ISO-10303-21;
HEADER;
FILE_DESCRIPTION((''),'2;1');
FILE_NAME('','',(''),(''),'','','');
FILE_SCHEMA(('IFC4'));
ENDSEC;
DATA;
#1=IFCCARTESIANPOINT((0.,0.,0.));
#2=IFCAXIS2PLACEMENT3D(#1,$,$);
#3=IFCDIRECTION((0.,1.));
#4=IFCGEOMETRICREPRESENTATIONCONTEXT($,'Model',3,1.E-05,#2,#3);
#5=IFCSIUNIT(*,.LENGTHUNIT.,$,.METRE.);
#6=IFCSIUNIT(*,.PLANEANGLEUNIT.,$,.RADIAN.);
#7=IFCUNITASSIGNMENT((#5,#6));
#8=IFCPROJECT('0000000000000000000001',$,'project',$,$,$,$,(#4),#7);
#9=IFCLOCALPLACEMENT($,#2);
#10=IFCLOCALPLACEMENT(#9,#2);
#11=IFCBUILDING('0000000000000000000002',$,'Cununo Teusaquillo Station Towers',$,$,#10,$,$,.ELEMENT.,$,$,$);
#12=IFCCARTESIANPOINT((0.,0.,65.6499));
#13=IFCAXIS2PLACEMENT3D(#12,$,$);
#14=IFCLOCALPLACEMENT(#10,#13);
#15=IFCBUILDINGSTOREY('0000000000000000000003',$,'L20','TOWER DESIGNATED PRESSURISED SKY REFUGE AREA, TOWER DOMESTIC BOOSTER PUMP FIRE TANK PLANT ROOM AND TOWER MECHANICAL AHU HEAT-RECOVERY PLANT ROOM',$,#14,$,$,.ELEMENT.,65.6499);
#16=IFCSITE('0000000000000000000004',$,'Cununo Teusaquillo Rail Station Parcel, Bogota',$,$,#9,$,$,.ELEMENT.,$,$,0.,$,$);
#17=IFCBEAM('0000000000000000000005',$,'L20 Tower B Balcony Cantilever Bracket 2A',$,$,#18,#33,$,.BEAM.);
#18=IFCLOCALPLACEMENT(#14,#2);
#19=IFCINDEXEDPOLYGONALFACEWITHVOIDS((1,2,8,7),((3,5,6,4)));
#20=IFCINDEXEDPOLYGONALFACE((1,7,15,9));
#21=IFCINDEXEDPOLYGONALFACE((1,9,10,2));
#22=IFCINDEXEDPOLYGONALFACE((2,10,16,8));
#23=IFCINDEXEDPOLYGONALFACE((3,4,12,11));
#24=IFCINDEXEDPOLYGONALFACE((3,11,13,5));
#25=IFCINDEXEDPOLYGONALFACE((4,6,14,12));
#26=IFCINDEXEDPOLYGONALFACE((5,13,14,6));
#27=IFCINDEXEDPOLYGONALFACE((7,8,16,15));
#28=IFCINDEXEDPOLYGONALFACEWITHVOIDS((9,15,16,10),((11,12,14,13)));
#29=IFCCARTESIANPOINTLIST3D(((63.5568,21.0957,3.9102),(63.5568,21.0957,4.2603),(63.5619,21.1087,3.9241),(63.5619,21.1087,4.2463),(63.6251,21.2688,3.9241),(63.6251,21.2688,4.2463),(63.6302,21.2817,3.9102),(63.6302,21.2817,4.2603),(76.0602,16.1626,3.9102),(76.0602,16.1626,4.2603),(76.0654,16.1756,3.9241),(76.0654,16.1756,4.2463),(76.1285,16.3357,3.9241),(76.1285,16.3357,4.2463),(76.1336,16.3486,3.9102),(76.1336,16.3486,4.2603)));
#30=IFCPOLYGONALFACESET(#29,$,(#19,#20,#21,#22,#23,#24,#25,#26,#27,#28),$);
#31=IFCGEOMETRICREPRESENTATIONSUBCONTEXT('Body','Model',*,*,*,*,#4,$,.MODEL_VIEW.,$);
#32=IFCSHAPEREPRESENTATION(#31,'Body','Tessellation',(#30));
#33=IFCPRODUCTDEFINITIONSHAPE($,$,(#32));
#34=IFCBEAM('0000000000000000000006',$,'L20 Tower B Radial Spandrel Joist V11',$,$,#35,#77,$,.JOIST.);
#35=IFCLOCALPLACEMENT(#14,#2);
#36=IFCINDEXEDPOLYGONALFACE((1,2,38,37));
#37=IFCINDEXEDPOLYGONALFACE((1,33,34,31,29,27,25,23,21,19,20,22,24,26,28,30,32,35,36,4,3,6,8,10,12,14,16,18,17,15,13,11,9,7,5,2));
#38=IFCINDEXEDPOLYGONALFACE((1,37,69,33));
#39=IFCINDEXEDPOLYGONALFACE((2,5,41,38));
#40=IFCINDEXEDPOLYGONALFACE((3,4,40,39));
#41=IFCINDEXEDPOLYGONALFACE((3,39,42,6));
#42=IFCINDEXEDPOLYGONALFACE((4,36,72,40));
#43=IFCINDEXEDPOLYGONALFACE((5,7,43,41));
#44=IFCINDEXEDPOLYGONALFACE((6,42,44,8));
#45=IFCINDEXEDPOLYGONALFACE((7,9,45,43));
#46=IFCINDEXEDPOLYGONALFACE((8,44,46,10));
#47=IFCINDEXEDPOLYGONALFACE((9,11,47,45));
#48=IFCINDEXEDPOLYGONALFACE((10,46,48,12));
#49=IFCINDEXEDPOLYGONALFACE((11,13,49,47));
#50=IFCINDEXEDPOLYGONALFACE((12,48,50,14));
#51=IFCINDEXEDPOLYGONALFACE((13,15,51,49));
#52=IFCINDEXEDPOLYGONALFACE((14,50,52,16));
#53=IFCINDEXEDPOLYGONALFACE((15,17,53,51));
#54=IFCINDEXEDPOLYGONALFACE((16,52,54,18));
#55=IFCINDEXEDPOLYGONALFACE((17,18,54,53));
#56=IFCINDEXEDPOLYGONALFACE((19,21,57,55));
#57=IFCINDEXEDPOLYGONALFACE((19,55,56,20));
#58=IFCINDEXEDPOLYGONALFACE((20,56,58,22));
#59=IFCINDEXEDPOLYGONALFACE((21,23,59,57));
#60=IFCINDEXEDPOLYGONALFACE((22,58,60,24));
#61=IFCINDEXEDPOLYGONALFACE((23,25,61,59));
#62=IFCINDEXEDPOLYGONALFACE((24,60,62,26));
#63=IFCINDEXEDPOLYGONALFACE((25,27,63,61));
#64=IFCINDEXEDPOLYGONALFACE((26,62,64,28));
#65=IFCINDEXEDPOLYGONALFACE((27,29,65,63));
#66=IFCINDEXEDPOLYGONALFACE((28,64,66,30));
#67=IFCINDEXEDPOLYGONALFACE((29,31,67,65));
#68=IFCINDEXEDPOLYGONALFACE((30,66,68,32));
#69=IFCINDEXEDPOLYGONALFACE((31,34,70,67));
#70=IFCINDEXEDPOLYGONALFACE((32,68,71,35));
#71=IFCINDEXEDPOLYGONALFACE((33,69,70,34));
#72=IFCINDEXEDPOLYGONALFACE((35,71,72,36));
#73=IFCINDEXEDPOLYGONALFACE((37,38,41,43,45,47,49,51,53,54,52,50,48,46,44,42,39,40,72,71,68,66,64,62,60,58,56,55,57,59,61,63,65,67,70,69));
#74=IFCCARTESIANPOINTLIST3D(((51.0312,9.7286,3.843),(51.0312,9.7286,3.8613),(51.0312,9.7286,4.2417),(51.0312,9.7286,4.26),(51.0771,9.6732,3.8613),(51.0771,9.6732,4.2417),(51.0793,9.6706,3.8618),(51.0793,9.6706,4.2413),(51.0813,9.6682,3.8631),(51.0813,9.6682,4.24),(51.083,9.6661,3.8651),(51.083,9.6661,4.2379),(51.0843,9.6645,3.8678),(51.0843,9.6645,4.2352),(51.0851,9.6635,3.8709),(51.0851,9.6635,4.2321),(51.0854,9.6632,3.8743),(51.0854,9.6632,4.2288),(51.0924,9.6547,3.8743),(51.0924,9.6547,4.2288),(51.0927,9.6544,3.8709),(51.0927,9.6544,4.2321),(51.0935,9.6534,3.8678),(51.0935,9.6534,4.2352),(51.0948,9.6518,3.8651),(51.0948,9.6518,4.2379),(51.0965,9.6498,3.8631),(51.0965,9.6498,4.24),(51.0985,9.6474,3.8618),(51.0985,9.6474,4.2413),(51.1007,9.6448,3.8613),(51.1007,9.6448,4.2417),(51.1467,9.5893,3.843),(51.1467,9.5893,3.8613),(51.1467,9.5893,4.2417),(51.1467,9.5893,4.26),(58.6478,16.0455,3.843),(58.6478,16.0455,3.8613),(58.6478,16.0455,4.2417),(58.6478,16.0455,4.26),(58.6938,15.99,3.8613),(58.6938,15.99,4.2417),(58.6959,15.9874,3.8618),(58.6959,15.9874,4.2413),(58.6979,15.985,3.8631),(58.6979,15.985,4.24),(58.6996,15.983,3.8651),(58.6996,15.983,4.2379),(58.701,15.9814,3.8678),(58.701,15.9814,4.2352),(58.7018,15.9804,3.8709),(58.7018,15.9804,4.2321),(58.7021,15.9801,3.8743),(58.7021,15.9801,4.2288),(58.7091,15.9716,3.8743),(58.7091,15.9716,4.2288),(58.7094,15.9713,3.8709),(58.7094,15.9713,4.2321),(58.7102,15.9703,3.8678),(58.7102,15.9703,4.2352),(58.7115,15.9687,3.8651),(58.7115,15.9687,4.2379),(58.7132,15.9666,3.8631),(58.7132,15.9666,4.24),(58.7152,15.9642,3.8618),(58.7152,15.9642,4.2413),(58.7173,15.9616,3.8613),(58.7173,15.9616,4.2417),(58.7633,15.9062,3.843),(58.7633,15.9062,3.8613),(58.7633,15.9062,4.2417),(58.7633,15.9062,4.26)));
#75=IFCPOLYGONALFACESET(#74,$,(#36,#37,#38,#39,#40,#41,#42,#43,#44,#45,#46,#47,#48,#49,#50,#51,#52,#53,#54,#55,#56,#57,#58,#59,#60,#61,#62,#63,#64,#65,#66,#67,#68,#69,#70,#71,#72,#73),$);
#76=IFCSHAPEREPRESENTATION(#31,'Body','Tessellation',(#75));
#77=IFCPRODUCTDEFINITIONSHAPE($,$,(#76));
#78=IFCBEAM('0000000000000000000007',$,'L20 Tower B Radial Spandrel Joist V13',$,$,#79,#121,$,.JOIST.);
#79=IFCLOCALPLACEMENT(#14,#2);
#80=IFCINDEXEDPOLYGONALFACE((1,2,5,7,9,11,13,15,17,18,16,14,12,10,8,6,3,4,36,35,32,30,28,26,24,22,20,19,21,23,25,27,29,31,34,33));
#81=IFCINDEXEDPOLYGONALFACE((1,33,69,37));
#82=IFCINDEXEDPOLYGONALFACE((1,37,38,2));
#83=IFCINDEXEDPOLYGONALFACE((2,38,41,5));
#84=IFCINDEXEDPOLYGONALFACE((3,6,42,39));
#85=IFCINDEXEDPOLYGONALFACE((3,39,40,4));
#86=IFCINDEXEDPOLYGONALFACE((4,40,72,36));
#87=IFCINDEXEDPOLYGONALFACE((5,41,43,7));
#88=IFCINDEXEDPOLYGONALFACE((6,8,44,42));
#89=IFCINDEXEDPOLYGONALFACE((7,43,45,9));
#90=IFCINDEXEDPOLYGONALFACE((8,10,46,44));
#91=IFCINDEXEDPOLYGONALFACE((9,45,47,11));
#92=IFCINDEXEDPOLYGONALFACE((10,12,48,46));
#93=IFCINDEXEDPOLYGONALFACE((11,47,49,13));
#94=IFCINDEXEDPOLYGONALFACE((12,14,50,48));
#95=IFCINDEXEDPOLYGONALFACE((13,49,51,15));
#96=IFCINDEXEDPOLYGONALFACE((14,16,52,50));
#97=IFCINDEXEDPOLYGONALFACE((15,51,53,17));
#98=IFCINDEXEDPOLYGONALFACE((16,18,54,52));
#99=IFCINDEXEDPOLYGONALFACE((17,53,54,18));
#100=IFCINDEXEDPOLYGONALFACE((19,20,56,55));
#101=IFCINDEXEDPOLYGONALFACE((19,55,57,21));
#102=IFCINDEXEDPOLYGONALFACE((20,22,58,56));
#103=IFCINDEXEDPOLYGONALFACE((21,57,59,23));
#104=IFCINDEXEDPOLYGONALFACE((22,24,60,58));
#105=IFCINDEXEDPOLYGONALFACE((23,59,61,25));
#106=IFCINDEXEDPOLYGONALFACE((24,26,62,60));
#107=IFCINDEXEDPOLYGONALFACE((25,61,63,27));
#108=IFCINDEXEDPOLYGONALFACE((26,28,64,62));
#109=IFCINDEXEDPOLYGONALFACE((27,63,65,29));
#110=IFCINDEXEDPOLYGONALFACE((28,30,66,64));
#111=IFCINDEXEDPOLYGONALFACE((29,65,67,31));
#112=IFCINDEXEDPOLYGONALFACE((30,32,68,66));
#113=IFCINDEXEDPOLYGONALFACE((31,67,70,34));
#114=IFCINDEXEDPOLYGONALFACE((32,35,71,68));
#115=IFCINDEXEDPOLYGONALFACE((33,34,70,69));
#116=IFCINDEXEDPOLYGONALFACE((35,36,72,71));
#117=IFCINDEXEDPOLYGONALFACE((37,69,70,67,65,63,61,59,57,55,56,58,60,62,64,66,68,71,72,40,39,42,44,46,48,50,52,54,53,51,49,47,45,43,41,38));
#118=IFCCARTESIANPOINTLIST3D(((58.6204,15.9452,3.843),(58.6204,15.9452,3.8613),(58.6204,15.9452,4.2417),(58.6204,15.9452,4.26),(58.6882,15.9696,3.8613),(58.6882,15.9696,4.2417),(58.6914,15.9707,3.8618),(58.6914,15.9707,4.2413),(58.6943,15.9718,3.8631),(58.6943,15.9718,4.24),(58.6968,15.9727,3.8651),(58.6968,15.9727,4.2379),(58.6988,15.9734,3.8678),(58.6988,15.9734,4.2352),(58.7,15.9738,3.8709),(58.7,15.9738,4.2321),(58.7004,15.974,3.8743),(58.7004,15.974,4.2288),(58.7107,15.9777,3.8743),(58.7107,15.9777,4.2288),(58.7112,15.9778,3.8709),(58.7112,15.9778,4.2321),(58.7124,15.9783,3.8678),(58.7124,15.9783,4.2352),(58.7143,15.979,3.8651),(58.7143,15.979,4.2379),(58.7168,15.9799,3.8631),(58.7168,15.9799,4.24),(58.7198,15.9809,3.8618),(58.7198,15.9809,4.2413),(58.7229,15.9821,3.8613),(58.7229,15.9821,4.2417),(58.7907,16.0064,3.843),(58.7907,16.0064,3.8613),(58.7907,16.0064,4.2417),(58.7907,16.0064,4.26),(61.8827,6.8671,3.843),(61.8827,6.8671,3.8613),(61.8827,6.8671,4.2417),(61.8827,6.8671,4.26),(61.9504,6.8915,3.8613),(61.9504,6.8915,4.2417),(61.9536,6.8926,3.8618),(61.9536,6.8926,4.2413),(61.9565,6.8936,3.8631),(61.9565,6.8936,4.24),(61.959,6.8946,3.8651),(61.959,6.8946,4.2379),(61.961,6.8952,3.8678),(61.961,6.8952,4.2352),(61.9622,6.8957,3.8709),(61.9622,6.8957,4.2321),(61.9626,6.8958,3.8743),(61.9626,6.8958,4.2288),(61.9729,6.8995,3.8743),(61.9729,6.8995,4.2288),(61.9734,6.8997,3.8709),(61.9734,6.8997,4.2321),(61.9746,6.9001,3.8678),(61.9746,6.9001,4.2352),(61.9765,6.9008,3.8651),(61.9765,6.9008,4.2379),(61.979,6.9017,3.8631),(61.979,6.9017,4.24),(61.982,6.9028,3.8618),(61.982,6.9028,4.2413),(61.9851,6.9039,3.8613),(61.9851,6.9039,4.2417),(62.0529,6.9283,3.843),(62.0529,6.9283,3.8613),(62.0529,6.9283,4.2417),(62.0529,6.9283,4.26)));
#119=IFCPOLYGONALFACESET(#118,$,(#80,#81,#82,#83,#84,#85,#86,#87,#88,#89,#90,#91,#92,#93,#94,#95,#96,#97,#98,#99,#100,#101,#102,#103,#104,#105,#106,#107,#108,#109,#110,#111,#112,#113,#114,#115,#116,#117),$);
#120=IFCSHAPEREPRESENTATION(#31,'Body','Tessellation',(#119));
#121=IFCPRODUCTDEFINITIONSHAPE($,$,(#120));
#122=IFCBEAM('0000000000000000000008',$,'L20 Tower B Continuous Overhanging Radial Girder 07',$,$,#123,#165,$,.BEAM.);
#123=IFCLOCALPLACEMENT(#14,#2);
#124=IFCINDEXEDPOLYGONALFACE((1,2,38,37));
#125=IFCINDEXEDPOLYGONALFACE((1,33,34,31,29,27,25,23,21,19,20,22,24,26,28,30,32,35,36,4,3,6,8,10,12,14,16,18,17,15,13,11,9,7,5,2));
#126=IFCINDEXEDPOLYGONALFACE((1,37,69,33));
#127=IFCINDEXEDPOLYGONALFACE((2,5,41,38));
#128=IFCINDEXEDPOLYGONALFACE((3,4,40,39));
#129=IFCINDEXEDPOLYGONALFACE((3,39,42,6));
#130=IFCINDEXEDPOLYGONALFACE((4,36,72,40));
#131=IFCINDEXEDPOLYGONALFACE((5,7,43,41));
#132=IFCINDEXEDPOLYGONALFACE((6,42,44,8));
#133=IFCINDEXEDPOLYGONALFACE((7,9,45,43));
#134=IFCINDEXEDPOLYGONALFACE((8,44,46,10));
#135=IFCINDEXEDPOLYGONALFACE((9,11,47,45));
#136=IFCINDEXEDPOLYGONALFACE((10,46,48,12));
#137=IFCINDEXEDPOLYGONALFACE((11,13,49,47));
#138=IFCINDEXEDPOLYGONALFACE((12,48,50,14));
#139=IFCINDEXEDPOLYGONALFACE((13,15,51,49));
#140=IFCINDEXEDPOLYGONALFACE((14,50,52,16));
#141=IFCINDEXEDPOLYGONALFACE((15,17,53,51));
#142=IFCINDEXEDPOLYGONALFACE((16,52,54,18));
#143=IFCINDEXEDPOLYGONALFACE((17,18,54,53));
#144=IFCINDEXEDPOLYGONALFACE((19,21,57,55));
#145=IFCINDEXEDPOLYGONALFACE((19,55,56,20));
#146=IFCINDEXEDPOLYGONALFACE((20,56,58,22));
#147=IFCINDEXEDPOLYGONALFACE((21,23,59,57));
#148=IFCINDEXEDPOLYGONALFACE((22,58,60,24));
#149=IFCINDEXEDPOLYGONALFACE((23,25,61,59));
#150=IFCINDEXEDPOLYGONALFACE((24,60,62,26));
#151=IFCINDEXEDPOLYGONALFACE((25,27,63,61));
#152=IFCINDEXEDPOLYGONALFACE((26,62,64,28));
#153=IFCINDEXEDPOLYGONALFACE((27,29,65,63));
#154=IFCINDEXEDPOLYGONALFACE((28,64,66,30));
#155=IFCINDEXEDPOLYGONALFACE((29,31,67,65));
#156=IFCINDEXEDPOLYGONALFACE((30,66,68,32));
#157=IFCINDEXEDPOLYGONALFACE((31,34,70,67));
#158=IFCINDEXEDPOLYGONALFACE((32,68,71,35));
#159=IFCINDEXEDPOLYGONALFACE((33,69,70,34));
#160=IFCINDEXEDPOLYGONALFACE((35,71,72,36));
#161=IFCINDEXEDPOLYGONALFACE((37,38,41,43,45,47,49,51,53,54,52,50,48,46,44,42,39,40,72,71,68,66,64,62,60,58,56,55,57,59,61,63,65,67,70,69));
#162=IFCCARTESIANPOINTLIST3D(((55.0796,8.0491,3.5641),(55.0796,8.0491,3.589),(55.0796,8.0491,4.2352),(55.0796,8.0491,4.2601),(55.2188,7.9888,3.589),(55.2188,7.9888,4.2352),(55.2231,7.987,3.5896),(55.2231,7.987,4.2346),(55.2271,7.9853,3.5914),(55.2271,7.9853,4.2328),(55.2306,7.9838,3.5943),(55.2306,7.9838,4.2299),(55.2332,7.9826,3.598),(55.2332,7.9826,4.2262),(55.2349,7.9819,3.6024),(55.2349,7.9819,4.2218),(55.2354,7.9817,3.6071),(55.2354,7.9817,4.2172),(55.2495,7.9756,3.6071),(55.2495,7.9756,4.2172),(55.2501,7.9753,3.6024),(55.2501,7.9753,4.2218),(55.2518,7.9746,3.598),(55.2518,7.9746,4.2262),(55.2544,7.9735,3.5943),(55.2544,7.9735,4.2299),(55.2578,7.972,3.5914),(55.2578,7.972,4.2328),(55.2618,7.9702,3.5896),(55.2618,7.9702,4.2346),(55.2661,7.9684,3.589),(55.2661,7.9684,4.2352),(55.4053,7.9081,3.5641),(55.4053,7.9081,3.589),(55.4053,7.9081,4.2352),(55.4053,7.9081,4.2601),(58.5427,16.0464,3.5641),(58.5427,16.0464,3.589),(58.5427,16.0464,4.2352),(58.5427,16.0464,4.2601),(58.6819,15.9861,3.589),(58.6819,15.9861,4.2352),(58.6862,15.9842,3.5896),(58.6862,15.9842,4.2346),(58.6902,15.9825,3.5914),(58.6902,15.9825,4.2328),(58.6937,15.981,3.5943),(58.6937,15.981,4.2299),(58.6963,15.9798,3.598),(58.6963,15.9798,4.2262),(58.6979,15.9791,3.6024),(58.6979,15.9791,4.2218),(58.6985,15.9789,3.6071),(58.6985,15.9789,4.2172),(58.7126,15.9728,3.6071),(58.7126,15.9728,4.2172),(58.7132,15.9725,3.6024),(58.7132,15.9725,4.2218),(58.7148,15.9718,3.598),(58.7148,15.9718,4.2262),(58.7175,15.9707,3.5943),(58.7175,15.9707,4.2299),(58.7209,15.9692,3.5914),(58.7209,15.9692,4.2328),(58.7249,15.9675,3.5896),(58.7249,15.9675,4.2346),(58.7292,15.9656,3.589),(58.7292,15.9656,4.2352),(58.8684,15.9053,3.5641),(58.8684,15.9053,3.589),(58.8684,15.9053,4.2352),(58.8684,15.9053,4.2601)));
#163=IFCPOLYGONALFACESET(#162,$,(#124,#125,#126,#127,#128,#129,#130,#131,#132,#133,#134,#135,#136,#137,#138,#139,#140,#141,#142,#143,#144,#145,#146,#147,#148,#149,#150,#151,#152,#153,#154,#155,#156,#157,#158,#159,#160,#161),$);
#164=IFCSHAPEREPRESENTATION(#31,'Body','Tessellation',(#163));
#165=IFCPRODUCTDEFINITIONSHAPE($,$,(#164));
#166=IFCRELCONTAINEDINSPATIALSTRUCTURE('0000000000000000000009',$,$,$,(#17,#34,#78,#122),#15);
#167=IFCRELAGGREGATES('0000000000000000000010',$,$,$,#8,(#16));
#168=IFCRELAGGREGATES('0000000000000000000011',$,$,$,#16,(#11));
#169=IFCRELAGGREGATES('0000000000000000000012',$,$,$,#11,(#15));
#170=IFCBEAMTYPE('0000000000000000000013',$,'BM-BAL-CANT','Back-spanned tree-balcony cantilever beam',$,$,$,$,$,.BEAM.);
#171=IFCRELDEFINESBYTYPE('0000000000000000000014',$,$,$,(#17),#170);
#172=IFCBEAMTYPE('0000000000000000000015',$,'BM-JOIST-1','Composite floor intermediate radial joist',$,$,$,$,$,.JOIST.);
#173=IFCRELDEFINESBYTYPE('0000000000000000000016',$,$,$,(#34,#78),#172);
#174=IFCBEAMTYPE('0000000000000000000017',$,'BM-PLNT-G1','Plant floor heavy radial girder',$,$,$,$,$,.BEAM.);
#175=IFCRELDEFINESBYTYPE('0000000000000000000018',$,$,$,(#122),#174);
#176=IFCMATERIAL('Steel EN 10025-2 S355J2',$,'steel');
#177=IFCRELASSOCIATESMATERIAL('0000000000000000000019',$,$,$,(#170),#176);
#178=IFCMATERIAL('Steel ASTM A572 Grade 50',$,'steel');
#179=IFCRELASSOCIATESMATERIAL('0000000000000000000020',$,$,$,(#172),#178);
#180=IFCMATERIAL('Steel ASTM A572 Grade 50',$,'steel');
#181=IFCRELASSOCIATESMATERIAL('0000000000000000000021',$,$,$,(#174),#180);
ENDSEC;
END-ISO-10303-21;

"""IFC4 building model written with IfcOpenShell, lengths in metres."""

from ifc_helpers import new_model, si_unit, direction, frame, origin, origin_2d, place, context, subcontext, project, spatial, hollow_rectangle, i_section, extrude, material, material_profile, profile_set, type_object, element, save


model = new_model("IFC4")

# Units and contexts
model_context = context("Model", 3, precision=1e-05, world=origin(), true_north=direction((0.0, 1.0)))
body_context = subcontext(model_context, "Body", "Model", "MODEL_VIEW")
ifc_project = project(units=[si_unit("LENGTHUNIT", "METRE"), si_unit("PLANEANGLEUNIT", "RADIAN")], contexts=[model_context])

# Site, building, storey
site_placement = place(None, origin())
site = spatial("IfcSite", under=ifc_project, at=site_placement, Name="Cununo Teusaquillo Rail Station Parcel, Bogota", CompositionType="ELEMENT", RefElevation=0.0)
building_placement = place(site_placement, origin())
building = spatial("IfcBuilding", under=site, at=building_placement, Name="Cununo Teusaquillo Station Towers", CompositionType="ELEMENT")
storey_placement = place(building_placement, frame((0.0, 0.0, 65.6499)))
storey = spatial("IfcBuildingStorey", under=building, at=storey_placement, Name="L20", Description="TOWER DESIGNATED PRESSURISED SKY REFUGE AREA, TOWER DOMESTIC BOOSTER PUMP FIRE TANK PLANT ROOM AND TOWER MECHANICAL AHU HEAT-RECOVERY PLANT ROOM", CompositionType="ELEMENT", Elevation=65.6499)

# Beams
ifc_material_1 = material(Name="Steel EN 10025-2 S355J2", Category="steel")
ifc_material_profile_1 = material_profile(ifc_material_1, hollow_rectangle(XDim=0.2, YDim=0.3501, WallThickness=0.0139, at=origin_2d()), Name="RHS 350x200x14")
ifc_profile_set_1 = profile_set([ifc_material_profile_1], Name="Steel EN 10025-2 S355J2")
beam_type_1 = type_object("IfcBeamType", Name="BM-BAL-CANT", Description="Back-spanned tree-balcony cantilever beam", PredefinedType="BEAM", material=ifc_profile_set_1)
beam_1_placement = place(storey_placement, frame((63.5935, 21.1887, 4.0852), z_axis=(0.930218, -0.367009, 0.0), x_axis=(0.367009, 0.930218, 0.0)))
element("IfcBeam", 1, at=beam_1_placement, inside=storey, type_object=beam_type_1, Name="L20 Tower B Balcony Cantilever Bracket 2A", PredefinedType="BEAM", context=body_context, shape_type="SweptSolid", body=[
    extrude(hollow_rectangle(XDim=0.2, YDim=0.3501, WallThickness=0.0139, at=origin_2d()), origin(), (0.0, 0.0, 1.0), 13.4414),
])
ifc_material_2 = material(Name="Steel ASTM A572 Grade 50", Category="steel")
ifc_material_profile_2 = material_profile(ifc_material_2, i_section(OverallWidth=0.1809, OverallDepth=0.417, WebThickness=0.011, FlangeThickness=0.0183, FilletRadius=0.0129, at=origin_2d()), Name="W16X57")
ifc_profile_set_2 = profile_set([ifc_material_profile_2], Name="Steel ASTM A572 Grade 50")
beam_type_2 = type_object("IfcBeamType", Name="BM-JOIST-1", Description="Composite floor intermediate radial joist", PredefinedType="JOIST", material=ifc_profile_set_2)
beam_2_placement = place(storey_placement, frame((58.7056, 15.9758, 4.0515), z_axis=(-0.769728, -0.638372, 0.0), x_axis=(0.638372, -0.769728, 0.0)))
element("IfcBeam", 2, at=beam_2_placement, inside=storey, type_object=beam_type_2, Name="L20 Tower B Radial Spandrel Joist V11", PredefinedType="JOIST", context=body_context, shape_type="SweptSolid", body=[
    extrude(i_section(OverallWidth=0.1809, OverallDepth=0.417, WebThickness=0.011, FlangeThickness=0.0183, FilletRadius=0.0129, at=origin_2d()), origin(), (0.0, 0.0, 1.0), 9.8953),
])
beam_3_placement = place(storey_placement, frame((58.7056, 15.9758, 4.0515), z_axis=(0.338176, -0.941083, 0.0), x_axis=(0.941083, 0.338176, 0.0)))
element("IfcBeam", 3, at=beam_3_placement, inside=storey, type_object=beam_type_2, Name="L20 Tower B Radial Spandrel Joist V13", PredefinedType="JOIST", context=body_context, shape_type="SweptSolid", body=[
    extrude(i_section(OverallWidth=0.1809, OverallDepth=0.417, WebThickness=0.011, FlangeThickness=0.0183, FilletRadius=0.0129, at=origin_2d()), origin(), (0.0, 0.0, 1.0), 9.6465),
])
ifc_material_3 = material(Name="Steel ASTM A572 Grade 50", Category="steel")
ifc_material_profile_3 = material_profile(ifc_material_3, i_section(OverallWidth=0.355, OverallDepth=0.696, WebThickness=0.0154, FlangeThickness=0.0249, FilletRadius=0.0181, at=origin_2d()), Name="W27X146")
ifc_profile_set_3 = profile_set([ifc_material_profile_3], Name="Steel ASTM A572 Grade 50")
beam_type_3 = type_object("IfcBeamType", Name="BM-PLNT-G1", Description="Plant floor heavy radial girder", PredefinedType="BEAM", material=ifc_profile_set_3)
beam_4_placement = place(storey_placement, frame((58.7056, 15.9758, 3.9121), z_axis=(-0.397379, -0.917655, 0.0), x_axis=(0.917655, -0.397379, 0.0)))
element("IfcBeam", 4, at=beam_4_placement, inside=storey, type_object=beam_type_3, Name="L20 Tower B Continuous Overhanging Radial Girder 07", PredefinedType="BEAM", context=body_context, shape_type="SweptSolid", body=[
    extrude(i_section(OverallWidth=0.355, OverallDepth=0.696, WebThickness=0.0154, FlangeThickness=0.0249, FilletRadius=0.0181, at=origin_2d()), origin(), (0.0, 0.0, 1.0), 8.7148),
])

save(model, "model.ifc")
